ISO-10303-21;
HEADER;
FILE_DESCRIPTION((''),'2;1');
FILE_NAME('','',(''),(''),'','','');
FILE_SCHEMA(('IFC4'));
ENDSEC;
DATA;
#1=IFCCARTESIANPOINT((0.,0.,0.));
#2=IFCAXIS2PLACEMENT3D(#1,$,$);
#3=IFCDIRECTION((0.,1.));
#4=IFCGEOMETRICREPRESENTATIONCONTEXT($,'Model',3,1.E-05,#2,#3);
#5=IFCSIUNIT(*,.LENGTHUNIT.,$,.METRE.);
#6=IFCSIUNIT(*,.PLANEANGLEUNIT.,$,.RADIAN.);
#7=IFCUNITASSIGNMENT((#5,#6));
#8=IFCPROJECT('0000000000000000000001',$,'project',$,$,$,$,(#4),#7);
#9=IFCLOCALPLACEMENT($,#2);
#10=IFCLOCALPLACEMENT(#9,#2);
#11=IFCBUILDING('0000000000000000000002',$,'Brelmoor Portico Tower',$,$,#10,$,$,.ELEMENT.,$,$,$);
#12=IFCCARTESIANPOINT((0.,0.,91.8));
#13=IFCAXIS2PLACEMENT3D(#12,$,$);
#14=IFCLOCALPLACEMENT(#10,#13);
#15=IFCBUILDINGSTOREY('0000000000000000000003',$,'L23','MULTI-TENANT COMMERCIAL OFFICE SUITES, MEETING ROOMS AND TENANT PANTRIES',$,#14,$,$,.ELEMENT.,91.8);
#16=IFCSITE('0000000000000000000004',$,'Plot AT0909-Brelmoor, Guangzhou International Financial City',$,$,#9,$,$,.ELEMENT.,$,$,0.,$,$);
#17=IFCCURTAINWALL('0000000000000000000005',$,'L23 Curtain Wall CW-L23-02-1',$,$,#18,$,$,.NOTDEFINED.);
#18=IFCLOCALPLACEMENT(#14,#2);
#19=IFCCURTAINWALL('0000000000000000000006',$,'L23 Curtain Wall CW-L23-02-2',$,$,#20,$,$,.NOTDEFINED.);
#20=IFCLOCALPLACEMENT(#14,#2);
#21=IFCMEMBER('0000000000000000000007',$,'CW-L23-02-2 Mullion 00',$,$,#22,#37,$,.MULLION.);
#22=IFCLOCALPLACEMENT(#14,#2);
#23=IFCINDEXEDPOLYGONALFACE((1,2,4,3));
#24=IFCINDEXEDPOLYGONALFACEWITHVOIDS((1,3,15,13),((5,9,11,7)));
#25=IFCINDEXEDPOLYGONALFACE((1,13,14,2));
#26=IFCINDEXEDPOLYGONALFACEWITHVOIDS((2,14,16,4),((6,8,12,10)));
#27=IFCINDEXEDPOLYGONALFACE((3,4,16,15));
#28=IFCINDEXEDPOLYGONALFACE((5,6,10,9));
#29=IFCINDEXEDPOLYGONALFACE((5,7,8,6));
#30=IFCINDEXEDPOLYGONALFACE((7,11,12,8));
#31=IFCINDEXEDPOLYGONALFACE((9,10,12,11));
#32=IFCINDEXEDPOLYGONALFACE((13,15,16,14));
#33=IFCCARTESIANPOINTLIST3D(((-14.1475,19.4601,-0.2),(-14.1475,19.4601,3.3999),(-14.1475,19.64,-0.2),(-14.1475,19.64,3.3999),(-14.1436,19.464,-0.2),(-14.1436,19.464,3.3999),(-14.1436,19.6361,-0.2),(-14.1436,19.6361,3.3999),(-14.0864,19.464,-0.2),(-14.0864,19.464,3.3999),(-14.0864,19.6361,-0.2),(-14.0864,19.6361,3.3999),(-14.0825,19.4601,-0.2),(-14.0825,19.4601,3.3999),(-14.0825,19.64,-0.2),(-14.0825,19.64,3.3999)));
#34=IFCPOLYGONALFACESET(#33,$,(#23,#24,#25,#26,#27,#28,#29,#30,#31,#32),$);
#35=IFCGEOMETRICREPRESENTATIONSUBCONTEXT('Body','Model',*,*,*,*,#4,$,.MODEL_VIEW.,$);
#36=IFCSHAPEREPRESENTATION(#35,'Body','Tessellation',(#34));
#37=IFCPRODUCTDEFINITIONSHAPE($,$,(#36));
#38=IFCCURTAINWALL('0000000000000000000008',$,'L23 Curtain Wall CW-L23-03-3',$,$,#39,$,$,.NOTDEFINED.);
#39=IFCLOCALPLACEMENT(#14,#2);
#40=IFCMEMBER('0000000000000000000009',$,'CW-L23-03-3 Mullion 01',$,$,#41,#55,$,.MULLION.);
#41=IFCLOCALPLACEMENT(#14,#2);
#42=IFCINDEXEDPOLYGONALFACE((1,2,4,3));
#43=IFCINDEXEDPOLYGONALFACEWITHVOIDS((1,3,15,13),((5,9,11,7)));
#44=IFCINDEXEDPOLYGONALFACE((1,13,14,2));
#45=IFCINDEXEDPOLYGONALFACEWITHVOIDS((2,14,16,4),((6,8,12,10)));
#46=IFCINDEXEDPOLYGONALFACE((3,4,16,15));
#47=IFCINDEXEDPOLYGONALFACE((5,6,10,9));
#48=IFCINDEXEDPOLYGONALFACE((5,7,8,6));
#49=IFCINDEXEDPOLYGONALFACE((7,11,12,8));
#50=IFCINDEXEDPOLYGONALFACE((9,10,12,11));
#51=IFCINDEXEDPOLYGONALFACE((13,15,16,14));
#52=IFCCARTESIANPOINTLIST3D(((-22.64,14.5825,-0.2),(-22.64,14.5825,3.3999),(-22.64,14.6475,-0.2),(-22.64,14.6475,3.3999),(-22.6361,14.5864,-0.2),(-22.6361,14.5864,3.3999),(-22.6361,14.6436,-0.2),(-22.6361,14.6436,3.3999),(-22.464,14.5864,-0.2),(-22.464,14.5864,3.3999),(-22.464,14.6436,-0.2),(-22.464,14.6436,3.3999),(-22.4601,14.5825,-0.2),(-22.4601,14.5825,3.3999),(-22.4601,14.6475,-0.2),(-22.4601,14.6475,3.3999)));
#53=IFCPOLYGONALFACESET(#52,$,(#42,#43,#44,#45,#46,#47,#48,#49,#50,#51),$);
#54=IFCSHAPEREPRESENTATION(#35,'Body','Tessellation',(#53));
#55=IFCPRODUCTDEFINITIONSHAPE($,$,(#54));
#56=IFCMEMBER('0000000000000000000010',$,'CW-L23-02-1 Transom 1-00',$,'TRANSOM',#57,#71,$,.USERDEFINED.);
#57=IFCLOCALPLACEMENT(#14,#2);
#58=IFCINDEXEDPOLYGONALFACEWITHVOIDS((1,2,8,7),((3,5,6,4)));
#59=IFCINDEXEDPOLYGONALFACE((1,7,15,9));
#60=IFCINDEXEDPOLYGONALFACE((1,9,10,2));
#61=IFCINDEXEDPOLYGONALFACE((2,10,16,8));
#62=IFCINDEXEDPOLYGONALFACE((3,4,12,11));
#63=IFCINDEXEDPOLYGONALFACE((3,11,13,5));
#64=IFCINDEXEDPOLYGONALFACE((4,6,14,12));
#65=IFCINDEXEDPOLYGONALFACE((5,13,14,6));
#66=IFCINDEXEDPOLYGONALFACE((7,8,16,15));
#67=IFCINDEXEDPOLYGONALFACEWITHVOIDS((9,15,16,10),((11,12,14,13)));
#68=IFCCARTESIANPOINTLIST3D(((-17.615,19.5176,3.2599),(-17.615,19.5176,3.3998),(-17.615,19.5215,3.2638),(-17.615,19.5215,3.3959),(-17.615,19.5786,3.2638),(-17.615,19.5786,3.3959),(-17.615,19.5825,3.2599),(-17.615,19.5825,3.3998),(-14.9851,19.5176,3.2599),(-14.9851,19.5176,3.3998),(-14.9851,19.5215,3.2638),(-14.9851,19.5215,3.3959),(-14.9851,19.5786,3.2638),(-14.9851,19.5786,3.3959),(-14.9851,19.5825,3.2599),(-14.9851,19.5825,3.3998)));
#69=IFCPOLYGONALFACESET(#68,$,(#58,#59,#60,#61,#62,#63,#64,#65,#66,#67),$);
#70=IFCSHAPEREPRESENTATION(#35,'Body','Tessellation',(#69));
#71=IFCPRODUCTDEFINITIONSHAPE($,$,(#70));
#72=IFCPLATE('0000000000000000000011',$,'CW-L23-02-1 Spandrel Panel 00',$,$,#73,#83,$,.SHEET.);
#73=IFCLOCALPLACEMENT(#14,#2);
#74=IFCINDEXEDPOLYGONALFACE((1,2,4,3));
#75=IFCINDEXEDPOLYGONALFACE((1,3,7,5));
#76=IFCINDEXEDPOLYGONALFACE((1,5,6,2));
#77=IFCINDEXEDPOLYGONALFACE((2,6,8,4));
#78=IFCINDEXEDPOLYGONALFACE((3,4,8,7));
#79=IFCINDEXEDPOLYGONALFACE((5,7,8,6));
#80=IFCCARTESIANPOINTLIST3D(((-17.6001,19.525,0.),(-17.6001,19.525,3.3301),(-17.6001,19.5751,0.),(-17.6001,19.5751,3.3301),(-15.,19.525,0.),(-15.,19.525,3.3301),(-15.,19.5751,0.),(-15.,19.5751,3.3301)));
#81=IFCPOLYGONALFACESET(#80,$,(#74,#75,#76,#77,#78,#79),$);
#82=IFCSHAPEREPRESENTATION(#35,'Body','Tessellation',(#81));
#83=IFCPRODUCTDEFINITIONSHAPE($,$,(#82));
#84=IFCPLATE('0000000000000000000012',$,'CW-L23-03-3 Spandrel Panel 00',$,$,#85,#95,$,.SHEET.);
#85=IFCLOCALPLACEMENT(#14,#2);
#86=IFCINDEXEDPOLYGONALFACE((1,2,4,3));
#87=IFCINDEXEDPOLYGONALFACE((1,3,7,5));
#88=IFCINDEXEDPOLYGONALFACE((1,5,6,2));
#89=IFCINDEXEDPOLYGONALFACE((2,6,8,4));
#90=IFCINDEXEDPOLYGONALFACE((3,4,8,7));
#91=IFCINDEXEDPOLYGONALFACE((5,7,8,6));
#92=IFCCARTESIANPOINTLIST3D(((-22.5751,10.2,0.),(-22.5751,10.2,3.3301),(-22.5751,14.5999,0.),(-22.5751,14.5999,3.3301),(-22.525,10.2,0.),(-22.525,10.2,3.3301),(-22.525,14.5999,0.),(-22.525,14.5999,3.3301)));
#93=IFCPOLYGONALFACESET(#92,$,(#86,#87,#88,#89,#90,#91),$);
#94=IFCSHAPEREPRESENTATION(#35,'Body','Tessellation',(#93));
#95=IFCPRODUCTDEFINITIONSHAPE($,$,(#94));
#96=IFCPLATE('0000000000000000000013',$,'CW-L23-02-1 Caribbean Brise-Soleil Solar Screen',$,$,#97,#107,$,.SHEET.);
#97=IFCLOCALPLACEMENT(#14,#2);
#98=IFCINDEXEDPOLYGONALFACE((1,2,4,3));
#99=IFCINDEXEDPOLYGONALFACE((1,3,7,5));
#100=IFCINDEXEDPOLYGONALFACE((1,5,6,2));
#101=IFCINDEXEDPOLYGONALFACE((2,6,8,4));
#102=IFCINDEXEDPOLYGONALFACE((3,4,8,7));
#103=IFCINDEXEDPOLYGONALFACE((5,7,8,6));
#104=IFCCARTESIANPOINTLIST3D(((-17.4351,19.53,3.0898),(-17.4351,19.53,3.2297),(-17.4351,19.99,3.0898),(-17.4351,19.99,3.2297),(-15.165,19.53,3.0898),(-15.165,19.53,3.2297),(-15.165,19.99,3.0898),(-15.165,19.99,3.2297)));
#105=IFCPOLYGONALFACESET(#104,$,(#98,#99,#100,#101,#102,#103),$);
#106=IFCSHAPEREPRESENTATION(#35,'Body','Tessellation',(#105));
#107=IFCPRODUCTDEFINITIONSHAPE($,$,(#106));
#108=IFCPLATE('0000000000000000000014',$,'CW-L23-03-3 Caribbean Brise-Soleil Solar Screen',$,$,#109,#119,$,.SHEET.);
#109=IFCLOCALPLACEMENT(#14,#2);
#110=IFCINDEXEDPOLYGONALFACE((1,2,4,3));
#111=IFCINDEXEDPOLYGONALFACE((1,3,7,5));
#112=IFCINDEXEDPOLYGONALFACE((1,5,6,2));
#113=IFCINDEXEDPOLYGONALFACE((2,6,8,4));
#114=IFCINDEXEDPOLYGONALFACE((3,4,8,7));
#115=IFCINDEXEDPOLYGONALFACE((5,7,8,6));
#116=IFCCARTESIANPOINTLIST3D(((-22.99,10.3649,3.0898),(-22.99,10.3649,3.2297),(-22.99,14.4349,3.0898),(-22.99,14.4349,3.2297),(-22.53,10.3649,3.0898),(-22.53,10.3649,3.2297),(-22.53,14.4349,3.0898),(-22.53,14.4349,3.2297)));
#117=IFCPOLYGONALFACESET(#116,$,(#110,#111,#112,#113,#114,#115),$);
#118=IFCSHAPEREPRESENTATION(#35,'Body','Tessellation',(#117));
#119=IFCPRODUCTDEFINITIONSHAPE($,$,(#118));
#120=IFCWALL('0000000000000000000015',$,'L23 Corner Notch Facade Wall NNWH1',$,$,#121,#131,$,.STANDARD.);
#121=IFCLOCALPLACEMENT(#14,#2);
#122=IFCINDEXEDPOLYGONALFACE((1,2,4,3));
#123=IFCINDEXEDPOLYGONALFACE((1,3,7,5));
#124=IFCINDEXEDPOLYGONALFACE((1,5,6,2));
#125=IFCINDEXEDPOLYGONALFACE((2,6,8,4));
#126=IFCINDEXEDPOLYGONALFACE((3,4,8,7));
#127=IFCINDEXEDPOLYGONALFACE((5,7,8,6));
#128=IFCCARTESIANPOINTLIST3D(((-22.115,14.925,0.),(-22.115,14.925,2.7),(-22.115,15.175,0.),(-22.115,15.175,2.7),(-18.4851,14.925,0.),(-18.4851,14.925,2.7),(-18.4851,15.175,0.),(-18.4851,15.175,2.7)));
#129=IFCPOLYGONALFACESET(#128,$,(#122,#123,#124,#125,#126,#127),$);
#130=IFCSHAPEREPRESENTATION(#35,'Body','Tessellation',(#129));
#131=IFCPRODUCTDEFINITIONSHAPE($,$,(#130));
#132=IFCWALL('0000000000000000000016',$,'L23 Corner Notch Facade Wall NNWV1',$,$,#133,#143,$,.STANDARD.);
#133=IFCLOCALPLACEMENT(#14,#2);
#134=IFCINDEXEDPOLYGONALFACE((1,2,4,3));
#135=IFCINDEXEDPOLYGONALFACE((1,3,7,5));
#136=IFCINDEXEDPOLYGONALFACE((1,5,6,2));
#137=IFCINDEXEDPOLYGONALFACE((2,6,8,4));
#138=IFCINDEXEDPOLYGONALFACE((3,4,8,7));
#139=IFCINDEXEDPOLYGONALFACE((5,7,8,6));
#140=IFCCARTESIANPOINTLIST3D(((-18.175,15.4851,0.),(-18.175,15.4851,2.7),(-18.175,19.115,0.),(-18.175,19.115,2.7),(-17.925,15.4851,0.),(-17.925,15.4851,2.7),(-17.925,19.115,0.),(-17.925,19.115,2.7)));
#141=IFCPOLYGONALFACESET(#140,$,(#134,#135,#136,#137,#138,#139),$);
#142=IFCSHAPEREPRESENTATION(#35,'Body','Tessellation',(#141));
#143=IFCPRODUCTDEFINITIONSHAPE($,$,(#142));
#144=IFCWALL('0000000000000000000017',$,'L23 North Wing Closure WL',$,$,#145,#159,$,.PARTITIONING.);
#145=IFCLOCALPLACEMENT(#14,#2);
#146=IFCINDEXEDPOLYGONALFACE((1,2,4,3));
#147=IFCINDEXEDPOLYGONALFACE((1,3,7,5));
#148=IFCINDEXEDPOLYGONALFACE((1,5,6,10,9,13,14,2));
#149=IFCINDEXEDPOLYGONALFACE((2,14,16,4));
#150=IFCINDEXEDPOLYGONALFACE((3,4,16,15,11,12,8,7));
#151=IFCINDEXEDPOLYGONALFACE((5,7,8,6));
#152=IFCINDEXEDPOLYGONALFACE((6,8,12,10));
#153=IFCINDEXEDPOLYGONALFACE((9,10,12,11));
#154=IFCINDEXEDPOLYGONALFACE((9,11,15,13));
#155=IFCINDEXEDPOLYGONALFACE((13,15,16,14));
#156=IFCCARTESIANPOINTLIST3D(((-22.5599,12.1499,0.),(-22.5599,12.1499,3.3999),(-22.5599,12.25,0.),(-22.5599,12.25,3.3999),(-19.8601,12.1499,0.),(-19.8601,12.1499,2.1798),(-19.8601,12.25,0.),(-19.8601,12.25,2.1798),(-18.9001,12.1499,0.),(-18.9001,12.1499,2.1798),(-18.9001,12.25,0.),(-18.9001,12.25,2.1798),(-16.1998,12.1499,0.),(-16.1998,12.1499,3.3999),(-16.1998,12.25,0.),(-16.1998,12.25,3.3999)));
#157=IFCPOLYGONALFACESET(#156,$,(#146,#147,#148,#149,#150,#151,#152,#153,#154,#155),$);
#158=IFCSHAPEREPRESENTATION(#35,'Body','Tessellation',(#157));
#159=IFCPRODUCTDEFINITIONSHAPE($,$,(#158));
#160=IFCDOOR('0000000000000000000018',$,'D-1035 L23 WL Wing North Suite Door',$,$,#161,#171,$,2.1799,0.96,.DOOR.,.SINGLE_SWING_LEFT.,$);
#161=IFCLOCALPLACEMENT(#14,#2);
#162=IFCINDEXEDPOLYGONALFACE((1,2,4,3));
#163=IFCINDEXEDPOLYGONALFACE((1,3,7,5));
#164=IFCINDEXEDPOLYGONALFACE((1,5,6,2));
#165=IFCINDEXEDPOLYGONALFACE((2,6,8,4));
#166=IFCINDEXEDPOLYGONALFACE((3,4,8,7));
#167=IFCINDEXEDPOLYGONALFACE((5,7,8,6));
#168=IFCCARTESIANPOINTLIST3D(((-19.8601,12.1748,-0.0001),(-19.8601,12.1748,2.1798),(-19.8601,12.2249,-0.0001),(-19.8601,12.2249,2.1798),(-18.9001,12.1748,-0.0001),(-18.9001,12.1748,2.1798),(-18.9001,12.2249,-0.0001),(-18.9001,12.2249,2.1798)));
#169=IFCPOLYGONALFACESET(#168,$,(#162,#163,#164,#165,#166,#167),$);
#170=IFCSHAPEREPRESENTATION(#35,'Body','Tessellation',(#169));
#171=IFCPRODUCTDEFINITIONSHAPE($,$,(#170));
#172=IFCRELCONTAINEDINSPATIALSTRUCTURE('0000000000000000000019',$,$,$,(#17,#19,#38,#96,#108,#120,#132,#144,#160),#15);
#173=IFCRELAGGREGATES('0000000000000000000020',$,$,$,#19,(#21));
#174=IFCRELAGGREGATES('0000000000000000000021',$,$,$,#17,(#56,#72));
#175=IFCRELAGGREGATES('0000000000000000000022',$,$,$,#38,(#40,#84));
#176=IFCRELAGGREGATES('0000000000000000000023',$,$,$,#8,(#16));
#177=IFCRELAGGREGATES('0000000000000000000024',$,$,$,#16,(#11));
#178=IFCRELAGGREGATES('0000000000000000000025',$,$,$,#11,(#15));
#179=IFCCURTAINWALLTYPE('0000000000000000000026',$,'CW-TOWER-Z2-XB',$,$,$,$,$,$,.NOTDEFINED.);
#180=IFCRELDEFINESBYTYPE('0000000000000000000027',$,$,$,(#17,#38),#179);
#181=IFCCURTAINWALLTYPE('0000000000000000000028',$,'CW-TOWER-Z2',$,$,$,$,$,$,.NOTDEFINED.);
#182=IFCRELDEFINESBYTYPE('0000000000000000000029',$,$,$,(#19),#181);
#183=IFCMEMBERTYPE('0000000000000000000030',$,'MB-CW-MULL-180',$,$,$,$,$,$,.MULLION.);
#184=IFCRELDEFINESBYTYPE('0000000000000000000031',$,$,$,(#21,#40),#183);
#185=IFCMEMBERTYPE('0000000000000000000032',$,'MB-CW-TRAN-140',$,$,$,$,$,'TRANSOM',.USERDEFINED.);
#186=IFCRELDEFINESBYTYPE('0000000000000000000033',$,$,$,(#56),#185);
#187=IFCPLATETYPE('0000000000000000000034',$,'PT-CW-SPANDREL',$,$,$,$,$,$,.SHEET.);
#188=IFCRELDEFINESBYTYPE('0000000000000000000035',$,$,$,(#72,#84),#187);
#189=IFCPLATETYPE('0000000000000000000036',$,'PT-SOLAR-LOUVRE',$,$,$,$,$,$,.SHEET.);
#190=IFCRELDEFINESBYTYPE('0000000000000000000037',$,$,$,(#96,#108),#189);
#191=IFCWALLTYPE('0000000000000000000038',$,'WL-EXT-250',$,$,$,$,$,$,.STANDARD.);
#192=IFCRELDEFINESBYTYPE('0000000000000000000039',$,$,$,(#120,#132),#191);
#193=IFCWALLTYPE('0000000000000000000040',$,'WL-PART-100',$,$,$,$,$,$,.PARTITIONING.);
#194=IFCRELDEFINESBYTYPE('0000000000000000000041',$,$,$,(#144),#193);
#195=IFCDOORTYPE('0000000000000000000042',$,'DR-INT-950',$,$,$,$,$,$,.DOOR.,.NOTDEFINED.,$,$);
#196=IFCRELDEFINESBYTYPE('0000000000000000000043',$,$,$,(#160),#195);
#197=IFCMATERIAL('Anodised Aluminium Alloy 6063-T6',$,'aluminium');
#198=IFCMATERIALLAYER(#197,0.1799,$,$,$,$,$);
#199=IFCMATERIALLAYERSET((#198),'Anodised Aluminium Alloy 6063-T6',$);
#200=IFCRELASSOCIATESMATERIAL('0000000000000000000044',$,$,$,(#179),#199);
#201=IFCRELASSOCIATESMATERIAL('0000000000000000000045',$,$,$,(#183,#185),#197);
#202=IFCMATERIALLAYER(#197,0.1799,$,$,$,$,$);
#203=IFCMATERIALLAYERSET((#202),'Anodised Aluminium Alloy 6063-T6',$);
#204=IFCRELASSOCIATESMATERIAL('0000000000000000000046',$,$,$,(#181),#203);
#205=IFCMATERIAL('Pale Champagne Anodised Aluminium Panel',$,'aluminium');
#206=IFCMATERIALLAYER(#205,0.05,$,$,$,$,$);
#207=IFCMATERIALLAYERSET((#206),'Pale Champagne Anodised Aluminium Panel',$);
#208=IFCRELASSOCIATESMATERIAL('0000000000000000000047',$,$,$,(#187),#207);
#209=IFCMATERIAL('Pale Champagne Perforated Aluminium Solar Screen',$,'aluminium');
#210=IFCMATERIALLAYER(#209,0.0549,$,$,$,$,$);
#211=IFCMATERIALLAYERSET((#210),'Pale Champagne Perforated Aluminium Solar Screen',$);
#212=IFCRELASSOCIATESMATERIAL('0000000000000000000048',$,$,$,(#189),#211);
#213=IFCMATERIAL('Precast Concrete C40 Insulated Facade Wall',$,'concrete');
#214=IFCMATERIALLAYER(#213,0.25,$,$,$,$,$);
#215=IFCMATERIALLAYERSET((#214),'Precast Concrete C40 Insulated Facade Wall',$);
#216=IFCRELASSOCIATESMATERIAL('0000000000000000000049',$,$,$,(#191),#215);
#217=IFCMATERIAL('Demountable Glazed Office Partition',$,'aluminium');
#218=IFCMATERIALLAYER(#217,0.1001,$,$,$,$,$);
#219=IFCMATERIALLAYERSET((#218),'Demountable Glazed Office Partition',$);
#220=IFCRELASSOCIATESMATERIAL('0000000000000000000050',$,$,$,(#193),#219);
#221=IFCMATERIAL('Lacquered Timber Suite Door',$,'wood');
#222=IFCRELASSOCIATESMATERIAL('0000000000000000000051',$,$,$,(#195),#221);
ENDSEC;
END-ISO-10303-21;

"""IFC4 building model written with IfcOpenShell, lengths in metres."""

from ifc_helpers import new_model, si_unit, direction, frame, frame_2d, origin, origin_2d, place, context, subcontext, project, spatial, rectangle, hollow_rectangle, extrude, material, layer, layer_set, material_profile, profile_set, type_object, element, fill, aggregate, save


model = new_model("IFC4")

# Units and contexts
model_context = context("Model", 3, precision=1e-05, world=origin(), true_north=direction((0.0, 1.0)))
body_context = subcontext(model_context, "Body", "Model", "MODEL_VIEW")
ifc_project = project(units=[si_unit("LENGTHUNIT", "METRE"), si_unit("PLANEANGLEUNIT", "RADIAN")], contexts=[model_context])

# Site, building, storey
site_placement = place(None, origin())
site = spatial("IfcSite", under=ifc_project, at=site_placement, Name="Plot AT0909-Brelmoor, Guangzhou International Financial City", CompositionType="ELEMENT", RefElevation=0.0)
building_placement = place(site_placement, origin())
building = spatial("IfcBuilding", under=site, at=building_placement, Name="Brelmoor Portico Tower", CompositionType="ELEMENT")
storey_placement = place(building_placement, frame((0.0, 0.0, 91.8)))
storey = spatial("IfcBuildingStorey", under=building, at=storey_placement, Name="L23", Description="MULTI-TENANT COMMERCIAL OFFICE SUITES, MEETING ROOMS AND TENANT PANTRIES", CompositionType="ELEMENT", Elevation=91.8)

# Curtain wall
ifc_material_1 = material(Name="Anodised Aluminium Alloy 6063-T6", Category="aluminium")
ifc_layer_1 = layer(ifc_material_1, 0.1799)
ifc_layer_set_1 = layer_set([ifc_layer_1], Name="Anodised Aluminium Alloy 6063-T6")
curtain_wall_type_1 = type_object("IfcCurtainWallType", Name="CW-TOWER-Z2-XB", PredefinedType="NOTDEFINED", material=ifc_layer_set_1)
curtain_wall_1_placement = place(storey_placement, origin())
curtain_wall_1 = element("IfcCurtainWall", 1, at=curtain_wall_1_placement, inside=storey, type_object=curtain_wall_type_1, Name="L23 Curtain Wall CW-L23-02-1", PredefinedType="NOTDEFINED")
ifc_material_profile_1 = material_profile(ifc_material_1, hollow_rectangle(XDim=0.0649, YDim=0.1799, WallThickness=0.0039, at=origin_2d()), Name="ALU MULLION 65x180")
ifc_profile_set_1 = profile_set([ifc_material_profile_1], Name="Anodised Aluminium Alloy 6063-T6")
member_type_1 = type_object("IfcMemberType", Name="MB-CW-MULL-180", PredefinedType="MULLION", material=ifc_profile_set_1)

# Curtain walls, members
ifc_layer_2 = layer(ifc_material_1, 0.1799)
ifc_layer_set_2 = layer_set([ifc_layer_2], Name="Anodised Aluminium Alloy 6063-T6")
curtain_wall_type_2 = type_object("IfcCurtainWallType", Name="CW-TOWER-Z2", PredefinedType="NOTDEFINED", material=ifc_layer_set_2)
curtain_wall_2_placement = place(storey_placement, origin())
curtain_wall_2 = element("IfcCurtainWall", 2, at=curtain_wall_2_placement, inside=storey, type_object=curtain_wall_type_2, Name="L23 Curtain Wall CW-L23-02-2", PredefinedType="NOTDEFINED")
member_1_placement = place(storey_placement, frame((-14.115, 19.55, -0.2), z_axis=(0.0, 0.0, 1.0), x_axis=(1.0, 0.0, 0.0)))
member_1 = element("IfcMember", 3, at=member_1_placement, type_object=member_type_1, Name="CW-L23-02-2 Mullion 00", PredefinedType="MULLION", context=body_context, shape_type="SweptSolid", body=[
    extrude(hollow_rectangle(XDim=0.0649, YDim=0.1799, WallThickness=0.0039, at=origin_2d()), origin(), (0.0, 0.0, 1.0), 3.5999),
])
aggregate(curtain_wall_2, [member_1])
curtain_wall_3_placement = place(storey_placement, origin())
curtain_wall_3 = element("IfcCurtainWall", 4, at=curtain_wall_3_placement, inside=storey, type_object=curtain_wall_type_1, Name="L23 Curtain Wall CW-L23-03-3", PredefinedType="NOTDEFINED")
member_2_placement = place(storey_placement, frame((-22.55, 14.615, -0.2), z_axis=(0.0, 0.0, 1.0), x_axis=(0.0, 1.0, 0.0)))
member_2 = element("IfcMember", 5, at=member_2_placement, type_object=member_type_1, Name="CW-L23-03-3 Mullion 01", PredefinedType="MULLION", context=body_context, shape_type="SweptSolid", body=[
    extrude(hollow_rectangle(XDim=0.0649, YDim=0.1799, WallThickness=0.0039, at=origin_2d()), origin(), (0.0, 0.0, 1.0), 3.5999),
])

# Member
ifc_material_profile_2 = material_profile(ifc_material_1, hollow_rectangle(XDim=0.0649, YDim=0.1399, WallThickness=0.0039, at=origin_2d()), Name="ALU TRANSOM 65x140")
ifc_profile_set_2 = profile_set([ifc_material_profile_2], Name="Anodised Aluminium Alloy 6063-T6")
member_type_2 = type_object("IfcMemberType", Name="MB-CW-TRAN-140", ElementType="TRANSOM", PredefinedType="USERDEFINED", material=ifc_profile_set_2)
member_3_placement = place(storey_placement, frame((-17.615, 19.55, 3.3298), z_axis=(1.0, 0.0, 0.0), x_axis=(0.0, 1.0, 0.0)))
member_3 = element("IfcMember", 6, at=member_3_placement, type_object=member_type_2, Name="CW-L23-02-1 Transom 1-00", ObjectType="TRANSOM", PredefinedType="USERDEFINED", context=body_context, shape_type="SweptSolid", body=[
    extrude(hollow_rectangle(XDim=0.0649, YDim=0.1399, WallThickness=0.0039, at=origin_2d()), origin(), (0.0, 0.0, 1.0), 2.6299),
])

# Plates
ifc_material_2 = material(Name="Pale Champagne Anodised Aluminium Panel", Category="aluminium")
ifc_layer_3 = layer(ifc_material_2, 0.05)
ifc_layer_set_3 = layer_set([ifc_layer_3], Name="Pale Champagne Anodised Aluminium Panel")
plate_type_1 = type_object("IfcPlateType", Name="PT-CW-SPANDREL", PredefinedType="SHEET", material=ifc_layer_set_3)
plate_1_placement = place(storey_placement, frame((-16.3, 19.55, 0.0), z_axis=(0.0, 0.0, 1.0), x_axis=(1.0, 0.0, 0.0)))
plate_1 = element("IfcPlate", 7, at=plate_1_placement, type_object=plate_type_1, Name="CW-L23-02-1 Spandrel Panel 00", PredefinedType="SHEET", context=body_context, shape_type="SweptSolid", body=[
    extrude(rectangle(XDim=2.6001, YDim=0.05, at=origin_2d()), origin(), (0.0, 0.0, 1.0), 3.3301),
])
aggregate(curtain_wall_1, [member_3, plate_1])
plate_2_placement = place(storey_placement, frame((-22.55, 12.3999, 0.0), z_axis=(0.0, 0.0, 1.0), x_axis=(0.0, 1.0, 0.0)))
plate_2 = element("IfcPlate", 8, at=plate_2_placement, type_object=plate_type_1, Name="CW-L23-03-3 Spandrel Panel 00", PredefinedType="SHEET", context=body_context, shape_type="SweptSolid", body=[
    extrude(rectangle(XDim=4.3999, YDim=0.05, at=origin_2d()), origin(), (0.0, 0.0, 1.0), 3.3301),
])
aggregate(curtain_wall_3, [member_2, plate_2])

# Plates
ifc_material_3 = material(Name="Pale Champagne Perforated Aluminium Solar Screen", Category="aluminium")
ifc_layer_4 = layer(ifc_material_3, 0.0549)
ifc_layer_set_4 = layer_set([ifc_layer_4], Name="Pale Champagne Perforated Aluminium Solar Screen")
plate_type_2 = type_object("IfcPlateType", Name="PT-SOLAR-LOUVRE", PredefinedType="SHEET", material=ifc_layer_set_4)
plate_3_placement = place(storey_placement, frame((-16.3, 19.76, 3.0898), z_axis=(0.0, 0.0, 1.0), x_axis=(1.0, 0.0, 0.0)))
element("IfcPlate", 9, at=plate_3_placement, inside=storey, type_object=plate_type_2, Name="CW-L23-02-1 Caribbean Brise-Soleil Solar Screen", PredefinedType="SHEET", context=body_context, shape_type="SweptSolid", body=[
    extrude(rectangle(XDim=2.27, YDim=0.46, at=origin_2d()), origin(), (0.0, 0.0, 1.0), 0.1399),
])
plate_4_placement = place(storey_placement, frame((-22.76, 12.3999, 3.0898), z_axis=(0.0, 0.0, 1.0), x_axis=(0.0, 1.0, 0.0)))
element("IfcPlate", 10, at=plate_4_placement, inside=storey, type_object=plate_type_2, Name="CW-L23-03-3 Caribbean Brise-Soleil Solar Screen", PredefinedType="SHEET", context=body_context, shape_type="SweptSolid", body=[
    extrude(rectangle(XDim=4.0701, YDim=0.46, at=origin_2d()), origin(), (0.0, 0.0, 1.0), 0.1399),
])

# Walls
ifc_material_4 = material(Name="Precast Concrete C40 Insulated Facade Wall", Category="concrete")
ifc_layer_5 = layer(ifc_material_4, 0.25)
ifc_layer_set_5 = layer_set([ifc_layer_5], Name="Precast Concrete C40 Insulated Facade Wall")
wall_type_1 = type_object("IfcWallType", Name="WL-EXT-250", PredefinedType="STANDARD", material=ifc_layer_set_5)
for number, where, z_axis, x_axis, name in (
    (11, (-22.115, 15.05, 0.0), (0.0, 0.0, 1.0), (1.0, 0.0, 0.0), "L23 Corner Notch Facade Wall NNWH1"),
    (12, (-18.05, 15.4851, 0.0), (0.0, 0.0, 1.0), (0.0, 1.0, 0.0), "L23 Corner Notch Facade Wall NNWV1"),
):
    element("IfcWall", number, at=place(storey_placement, frame(where, z_axis=z_axis, x_axis=x_axis)), inside=storey, type_object=wall_type_1, Name=name, PredefinedType="STANDARD", context=body_context, shape_type="SweptSolid", body=[
        extrude(rectangle(XDim=3.6299, YDim=0.25, at=frame_2d((1.8149, 0.0))), origin(), (0.0, 0.0, 1.0), 2.7),
    ])

# Wall, opening, door
ifc_material_5 = material(Name="Demountable Glazed Office Partition", Category="aluminium")
ifc_layer_6 = layer(ifc_material_5, 0.1001)
ifc_layer_set_6 = layer_set([ifc_layer_6], Name="Demountable Glazed Office Partition")
wall_type_2 = type_object("IfcWallType", Name="WL-PART-100", PredefinedType="PARTITIONING", material=ifc_layer_set_6)
wall_1_placement = place(storey_placement, frame((-22.5601, 12.2, 0.0), z_axis=(0.0, 0.0, 1.0), x_axis=(1.0, 0.0, 0.0)))
wall_1 = element("IfcWall", 13, at=wall_1_placement, inside=storey, type_object=wall_type_2, Name="L23 North Wing Closure WL", PredefinedType="PARTITIONING", context=body_context, shape_type="SweptSolid", body=[
    extrude(rectangle(XDim=6.3601, YDim=0.1001, at=frame_2d((3.1802, 0.0))), origin(), (0.0, 0.0, 1.0), 3.3999),
])
opening_1_placement = place(wall_1_placement, frame((2.7, 0.0, 0.0)))
opening_1 = element("IfcOpeningElement", 14, at=opening_1_placement, cuts=wall_1, PredefinedType="OPENING", context=body_context, shape_type="SweptSolid", body=[
    extrude(rectangle(XDim=0.96, YDim=2.1799, at=frame_2d((0.48, 1.0898))), frame((0.0, 0.0601, 0.0), z_axis=(0.0, -1.0, 0.0), x_axis=(1.0, 0.0, 0.0)), (0.0, 0.0, 1.0), 0.1201),
])
ifc_material_6 = material(Name="Lacquered Timber Suite Door", Category="wood")
door_type_1 = type_object("IfcDoorType", Name="DR-INT-950", OperationType="NOTDEFINED", PredefinedType="DOOR", material=ifc_material_6)
door_1_placement = place(opening_1_placement, origin())
door_1 = element("IfcDoor", 15, at=door_1_placement, inside=storey, type_object=door_type_1, Name="D-1035 L23 WL Wing North Suite Door", OperationType="SINGLE_SWING_LEFT", OverallHeight=2.1799, OverallWidth=0.96, PredefinedType="DOOR", context=body_context, shape_type="SweptSolid", body=[
    extrude(rectangle(XDim=0.96, YDim=2.1799, at=frame_2d((0.48, 1.0898))), frame((0.0, 0.0249, 0.0), z_axis=(0.0, -1.0, 0.0), x_axis=(1.0, 0.0, 0.0)), (0.0, 0.0, 1.0), 0.05),
])
fill(opening_1, door_1)

save(model, "model.ifc")
